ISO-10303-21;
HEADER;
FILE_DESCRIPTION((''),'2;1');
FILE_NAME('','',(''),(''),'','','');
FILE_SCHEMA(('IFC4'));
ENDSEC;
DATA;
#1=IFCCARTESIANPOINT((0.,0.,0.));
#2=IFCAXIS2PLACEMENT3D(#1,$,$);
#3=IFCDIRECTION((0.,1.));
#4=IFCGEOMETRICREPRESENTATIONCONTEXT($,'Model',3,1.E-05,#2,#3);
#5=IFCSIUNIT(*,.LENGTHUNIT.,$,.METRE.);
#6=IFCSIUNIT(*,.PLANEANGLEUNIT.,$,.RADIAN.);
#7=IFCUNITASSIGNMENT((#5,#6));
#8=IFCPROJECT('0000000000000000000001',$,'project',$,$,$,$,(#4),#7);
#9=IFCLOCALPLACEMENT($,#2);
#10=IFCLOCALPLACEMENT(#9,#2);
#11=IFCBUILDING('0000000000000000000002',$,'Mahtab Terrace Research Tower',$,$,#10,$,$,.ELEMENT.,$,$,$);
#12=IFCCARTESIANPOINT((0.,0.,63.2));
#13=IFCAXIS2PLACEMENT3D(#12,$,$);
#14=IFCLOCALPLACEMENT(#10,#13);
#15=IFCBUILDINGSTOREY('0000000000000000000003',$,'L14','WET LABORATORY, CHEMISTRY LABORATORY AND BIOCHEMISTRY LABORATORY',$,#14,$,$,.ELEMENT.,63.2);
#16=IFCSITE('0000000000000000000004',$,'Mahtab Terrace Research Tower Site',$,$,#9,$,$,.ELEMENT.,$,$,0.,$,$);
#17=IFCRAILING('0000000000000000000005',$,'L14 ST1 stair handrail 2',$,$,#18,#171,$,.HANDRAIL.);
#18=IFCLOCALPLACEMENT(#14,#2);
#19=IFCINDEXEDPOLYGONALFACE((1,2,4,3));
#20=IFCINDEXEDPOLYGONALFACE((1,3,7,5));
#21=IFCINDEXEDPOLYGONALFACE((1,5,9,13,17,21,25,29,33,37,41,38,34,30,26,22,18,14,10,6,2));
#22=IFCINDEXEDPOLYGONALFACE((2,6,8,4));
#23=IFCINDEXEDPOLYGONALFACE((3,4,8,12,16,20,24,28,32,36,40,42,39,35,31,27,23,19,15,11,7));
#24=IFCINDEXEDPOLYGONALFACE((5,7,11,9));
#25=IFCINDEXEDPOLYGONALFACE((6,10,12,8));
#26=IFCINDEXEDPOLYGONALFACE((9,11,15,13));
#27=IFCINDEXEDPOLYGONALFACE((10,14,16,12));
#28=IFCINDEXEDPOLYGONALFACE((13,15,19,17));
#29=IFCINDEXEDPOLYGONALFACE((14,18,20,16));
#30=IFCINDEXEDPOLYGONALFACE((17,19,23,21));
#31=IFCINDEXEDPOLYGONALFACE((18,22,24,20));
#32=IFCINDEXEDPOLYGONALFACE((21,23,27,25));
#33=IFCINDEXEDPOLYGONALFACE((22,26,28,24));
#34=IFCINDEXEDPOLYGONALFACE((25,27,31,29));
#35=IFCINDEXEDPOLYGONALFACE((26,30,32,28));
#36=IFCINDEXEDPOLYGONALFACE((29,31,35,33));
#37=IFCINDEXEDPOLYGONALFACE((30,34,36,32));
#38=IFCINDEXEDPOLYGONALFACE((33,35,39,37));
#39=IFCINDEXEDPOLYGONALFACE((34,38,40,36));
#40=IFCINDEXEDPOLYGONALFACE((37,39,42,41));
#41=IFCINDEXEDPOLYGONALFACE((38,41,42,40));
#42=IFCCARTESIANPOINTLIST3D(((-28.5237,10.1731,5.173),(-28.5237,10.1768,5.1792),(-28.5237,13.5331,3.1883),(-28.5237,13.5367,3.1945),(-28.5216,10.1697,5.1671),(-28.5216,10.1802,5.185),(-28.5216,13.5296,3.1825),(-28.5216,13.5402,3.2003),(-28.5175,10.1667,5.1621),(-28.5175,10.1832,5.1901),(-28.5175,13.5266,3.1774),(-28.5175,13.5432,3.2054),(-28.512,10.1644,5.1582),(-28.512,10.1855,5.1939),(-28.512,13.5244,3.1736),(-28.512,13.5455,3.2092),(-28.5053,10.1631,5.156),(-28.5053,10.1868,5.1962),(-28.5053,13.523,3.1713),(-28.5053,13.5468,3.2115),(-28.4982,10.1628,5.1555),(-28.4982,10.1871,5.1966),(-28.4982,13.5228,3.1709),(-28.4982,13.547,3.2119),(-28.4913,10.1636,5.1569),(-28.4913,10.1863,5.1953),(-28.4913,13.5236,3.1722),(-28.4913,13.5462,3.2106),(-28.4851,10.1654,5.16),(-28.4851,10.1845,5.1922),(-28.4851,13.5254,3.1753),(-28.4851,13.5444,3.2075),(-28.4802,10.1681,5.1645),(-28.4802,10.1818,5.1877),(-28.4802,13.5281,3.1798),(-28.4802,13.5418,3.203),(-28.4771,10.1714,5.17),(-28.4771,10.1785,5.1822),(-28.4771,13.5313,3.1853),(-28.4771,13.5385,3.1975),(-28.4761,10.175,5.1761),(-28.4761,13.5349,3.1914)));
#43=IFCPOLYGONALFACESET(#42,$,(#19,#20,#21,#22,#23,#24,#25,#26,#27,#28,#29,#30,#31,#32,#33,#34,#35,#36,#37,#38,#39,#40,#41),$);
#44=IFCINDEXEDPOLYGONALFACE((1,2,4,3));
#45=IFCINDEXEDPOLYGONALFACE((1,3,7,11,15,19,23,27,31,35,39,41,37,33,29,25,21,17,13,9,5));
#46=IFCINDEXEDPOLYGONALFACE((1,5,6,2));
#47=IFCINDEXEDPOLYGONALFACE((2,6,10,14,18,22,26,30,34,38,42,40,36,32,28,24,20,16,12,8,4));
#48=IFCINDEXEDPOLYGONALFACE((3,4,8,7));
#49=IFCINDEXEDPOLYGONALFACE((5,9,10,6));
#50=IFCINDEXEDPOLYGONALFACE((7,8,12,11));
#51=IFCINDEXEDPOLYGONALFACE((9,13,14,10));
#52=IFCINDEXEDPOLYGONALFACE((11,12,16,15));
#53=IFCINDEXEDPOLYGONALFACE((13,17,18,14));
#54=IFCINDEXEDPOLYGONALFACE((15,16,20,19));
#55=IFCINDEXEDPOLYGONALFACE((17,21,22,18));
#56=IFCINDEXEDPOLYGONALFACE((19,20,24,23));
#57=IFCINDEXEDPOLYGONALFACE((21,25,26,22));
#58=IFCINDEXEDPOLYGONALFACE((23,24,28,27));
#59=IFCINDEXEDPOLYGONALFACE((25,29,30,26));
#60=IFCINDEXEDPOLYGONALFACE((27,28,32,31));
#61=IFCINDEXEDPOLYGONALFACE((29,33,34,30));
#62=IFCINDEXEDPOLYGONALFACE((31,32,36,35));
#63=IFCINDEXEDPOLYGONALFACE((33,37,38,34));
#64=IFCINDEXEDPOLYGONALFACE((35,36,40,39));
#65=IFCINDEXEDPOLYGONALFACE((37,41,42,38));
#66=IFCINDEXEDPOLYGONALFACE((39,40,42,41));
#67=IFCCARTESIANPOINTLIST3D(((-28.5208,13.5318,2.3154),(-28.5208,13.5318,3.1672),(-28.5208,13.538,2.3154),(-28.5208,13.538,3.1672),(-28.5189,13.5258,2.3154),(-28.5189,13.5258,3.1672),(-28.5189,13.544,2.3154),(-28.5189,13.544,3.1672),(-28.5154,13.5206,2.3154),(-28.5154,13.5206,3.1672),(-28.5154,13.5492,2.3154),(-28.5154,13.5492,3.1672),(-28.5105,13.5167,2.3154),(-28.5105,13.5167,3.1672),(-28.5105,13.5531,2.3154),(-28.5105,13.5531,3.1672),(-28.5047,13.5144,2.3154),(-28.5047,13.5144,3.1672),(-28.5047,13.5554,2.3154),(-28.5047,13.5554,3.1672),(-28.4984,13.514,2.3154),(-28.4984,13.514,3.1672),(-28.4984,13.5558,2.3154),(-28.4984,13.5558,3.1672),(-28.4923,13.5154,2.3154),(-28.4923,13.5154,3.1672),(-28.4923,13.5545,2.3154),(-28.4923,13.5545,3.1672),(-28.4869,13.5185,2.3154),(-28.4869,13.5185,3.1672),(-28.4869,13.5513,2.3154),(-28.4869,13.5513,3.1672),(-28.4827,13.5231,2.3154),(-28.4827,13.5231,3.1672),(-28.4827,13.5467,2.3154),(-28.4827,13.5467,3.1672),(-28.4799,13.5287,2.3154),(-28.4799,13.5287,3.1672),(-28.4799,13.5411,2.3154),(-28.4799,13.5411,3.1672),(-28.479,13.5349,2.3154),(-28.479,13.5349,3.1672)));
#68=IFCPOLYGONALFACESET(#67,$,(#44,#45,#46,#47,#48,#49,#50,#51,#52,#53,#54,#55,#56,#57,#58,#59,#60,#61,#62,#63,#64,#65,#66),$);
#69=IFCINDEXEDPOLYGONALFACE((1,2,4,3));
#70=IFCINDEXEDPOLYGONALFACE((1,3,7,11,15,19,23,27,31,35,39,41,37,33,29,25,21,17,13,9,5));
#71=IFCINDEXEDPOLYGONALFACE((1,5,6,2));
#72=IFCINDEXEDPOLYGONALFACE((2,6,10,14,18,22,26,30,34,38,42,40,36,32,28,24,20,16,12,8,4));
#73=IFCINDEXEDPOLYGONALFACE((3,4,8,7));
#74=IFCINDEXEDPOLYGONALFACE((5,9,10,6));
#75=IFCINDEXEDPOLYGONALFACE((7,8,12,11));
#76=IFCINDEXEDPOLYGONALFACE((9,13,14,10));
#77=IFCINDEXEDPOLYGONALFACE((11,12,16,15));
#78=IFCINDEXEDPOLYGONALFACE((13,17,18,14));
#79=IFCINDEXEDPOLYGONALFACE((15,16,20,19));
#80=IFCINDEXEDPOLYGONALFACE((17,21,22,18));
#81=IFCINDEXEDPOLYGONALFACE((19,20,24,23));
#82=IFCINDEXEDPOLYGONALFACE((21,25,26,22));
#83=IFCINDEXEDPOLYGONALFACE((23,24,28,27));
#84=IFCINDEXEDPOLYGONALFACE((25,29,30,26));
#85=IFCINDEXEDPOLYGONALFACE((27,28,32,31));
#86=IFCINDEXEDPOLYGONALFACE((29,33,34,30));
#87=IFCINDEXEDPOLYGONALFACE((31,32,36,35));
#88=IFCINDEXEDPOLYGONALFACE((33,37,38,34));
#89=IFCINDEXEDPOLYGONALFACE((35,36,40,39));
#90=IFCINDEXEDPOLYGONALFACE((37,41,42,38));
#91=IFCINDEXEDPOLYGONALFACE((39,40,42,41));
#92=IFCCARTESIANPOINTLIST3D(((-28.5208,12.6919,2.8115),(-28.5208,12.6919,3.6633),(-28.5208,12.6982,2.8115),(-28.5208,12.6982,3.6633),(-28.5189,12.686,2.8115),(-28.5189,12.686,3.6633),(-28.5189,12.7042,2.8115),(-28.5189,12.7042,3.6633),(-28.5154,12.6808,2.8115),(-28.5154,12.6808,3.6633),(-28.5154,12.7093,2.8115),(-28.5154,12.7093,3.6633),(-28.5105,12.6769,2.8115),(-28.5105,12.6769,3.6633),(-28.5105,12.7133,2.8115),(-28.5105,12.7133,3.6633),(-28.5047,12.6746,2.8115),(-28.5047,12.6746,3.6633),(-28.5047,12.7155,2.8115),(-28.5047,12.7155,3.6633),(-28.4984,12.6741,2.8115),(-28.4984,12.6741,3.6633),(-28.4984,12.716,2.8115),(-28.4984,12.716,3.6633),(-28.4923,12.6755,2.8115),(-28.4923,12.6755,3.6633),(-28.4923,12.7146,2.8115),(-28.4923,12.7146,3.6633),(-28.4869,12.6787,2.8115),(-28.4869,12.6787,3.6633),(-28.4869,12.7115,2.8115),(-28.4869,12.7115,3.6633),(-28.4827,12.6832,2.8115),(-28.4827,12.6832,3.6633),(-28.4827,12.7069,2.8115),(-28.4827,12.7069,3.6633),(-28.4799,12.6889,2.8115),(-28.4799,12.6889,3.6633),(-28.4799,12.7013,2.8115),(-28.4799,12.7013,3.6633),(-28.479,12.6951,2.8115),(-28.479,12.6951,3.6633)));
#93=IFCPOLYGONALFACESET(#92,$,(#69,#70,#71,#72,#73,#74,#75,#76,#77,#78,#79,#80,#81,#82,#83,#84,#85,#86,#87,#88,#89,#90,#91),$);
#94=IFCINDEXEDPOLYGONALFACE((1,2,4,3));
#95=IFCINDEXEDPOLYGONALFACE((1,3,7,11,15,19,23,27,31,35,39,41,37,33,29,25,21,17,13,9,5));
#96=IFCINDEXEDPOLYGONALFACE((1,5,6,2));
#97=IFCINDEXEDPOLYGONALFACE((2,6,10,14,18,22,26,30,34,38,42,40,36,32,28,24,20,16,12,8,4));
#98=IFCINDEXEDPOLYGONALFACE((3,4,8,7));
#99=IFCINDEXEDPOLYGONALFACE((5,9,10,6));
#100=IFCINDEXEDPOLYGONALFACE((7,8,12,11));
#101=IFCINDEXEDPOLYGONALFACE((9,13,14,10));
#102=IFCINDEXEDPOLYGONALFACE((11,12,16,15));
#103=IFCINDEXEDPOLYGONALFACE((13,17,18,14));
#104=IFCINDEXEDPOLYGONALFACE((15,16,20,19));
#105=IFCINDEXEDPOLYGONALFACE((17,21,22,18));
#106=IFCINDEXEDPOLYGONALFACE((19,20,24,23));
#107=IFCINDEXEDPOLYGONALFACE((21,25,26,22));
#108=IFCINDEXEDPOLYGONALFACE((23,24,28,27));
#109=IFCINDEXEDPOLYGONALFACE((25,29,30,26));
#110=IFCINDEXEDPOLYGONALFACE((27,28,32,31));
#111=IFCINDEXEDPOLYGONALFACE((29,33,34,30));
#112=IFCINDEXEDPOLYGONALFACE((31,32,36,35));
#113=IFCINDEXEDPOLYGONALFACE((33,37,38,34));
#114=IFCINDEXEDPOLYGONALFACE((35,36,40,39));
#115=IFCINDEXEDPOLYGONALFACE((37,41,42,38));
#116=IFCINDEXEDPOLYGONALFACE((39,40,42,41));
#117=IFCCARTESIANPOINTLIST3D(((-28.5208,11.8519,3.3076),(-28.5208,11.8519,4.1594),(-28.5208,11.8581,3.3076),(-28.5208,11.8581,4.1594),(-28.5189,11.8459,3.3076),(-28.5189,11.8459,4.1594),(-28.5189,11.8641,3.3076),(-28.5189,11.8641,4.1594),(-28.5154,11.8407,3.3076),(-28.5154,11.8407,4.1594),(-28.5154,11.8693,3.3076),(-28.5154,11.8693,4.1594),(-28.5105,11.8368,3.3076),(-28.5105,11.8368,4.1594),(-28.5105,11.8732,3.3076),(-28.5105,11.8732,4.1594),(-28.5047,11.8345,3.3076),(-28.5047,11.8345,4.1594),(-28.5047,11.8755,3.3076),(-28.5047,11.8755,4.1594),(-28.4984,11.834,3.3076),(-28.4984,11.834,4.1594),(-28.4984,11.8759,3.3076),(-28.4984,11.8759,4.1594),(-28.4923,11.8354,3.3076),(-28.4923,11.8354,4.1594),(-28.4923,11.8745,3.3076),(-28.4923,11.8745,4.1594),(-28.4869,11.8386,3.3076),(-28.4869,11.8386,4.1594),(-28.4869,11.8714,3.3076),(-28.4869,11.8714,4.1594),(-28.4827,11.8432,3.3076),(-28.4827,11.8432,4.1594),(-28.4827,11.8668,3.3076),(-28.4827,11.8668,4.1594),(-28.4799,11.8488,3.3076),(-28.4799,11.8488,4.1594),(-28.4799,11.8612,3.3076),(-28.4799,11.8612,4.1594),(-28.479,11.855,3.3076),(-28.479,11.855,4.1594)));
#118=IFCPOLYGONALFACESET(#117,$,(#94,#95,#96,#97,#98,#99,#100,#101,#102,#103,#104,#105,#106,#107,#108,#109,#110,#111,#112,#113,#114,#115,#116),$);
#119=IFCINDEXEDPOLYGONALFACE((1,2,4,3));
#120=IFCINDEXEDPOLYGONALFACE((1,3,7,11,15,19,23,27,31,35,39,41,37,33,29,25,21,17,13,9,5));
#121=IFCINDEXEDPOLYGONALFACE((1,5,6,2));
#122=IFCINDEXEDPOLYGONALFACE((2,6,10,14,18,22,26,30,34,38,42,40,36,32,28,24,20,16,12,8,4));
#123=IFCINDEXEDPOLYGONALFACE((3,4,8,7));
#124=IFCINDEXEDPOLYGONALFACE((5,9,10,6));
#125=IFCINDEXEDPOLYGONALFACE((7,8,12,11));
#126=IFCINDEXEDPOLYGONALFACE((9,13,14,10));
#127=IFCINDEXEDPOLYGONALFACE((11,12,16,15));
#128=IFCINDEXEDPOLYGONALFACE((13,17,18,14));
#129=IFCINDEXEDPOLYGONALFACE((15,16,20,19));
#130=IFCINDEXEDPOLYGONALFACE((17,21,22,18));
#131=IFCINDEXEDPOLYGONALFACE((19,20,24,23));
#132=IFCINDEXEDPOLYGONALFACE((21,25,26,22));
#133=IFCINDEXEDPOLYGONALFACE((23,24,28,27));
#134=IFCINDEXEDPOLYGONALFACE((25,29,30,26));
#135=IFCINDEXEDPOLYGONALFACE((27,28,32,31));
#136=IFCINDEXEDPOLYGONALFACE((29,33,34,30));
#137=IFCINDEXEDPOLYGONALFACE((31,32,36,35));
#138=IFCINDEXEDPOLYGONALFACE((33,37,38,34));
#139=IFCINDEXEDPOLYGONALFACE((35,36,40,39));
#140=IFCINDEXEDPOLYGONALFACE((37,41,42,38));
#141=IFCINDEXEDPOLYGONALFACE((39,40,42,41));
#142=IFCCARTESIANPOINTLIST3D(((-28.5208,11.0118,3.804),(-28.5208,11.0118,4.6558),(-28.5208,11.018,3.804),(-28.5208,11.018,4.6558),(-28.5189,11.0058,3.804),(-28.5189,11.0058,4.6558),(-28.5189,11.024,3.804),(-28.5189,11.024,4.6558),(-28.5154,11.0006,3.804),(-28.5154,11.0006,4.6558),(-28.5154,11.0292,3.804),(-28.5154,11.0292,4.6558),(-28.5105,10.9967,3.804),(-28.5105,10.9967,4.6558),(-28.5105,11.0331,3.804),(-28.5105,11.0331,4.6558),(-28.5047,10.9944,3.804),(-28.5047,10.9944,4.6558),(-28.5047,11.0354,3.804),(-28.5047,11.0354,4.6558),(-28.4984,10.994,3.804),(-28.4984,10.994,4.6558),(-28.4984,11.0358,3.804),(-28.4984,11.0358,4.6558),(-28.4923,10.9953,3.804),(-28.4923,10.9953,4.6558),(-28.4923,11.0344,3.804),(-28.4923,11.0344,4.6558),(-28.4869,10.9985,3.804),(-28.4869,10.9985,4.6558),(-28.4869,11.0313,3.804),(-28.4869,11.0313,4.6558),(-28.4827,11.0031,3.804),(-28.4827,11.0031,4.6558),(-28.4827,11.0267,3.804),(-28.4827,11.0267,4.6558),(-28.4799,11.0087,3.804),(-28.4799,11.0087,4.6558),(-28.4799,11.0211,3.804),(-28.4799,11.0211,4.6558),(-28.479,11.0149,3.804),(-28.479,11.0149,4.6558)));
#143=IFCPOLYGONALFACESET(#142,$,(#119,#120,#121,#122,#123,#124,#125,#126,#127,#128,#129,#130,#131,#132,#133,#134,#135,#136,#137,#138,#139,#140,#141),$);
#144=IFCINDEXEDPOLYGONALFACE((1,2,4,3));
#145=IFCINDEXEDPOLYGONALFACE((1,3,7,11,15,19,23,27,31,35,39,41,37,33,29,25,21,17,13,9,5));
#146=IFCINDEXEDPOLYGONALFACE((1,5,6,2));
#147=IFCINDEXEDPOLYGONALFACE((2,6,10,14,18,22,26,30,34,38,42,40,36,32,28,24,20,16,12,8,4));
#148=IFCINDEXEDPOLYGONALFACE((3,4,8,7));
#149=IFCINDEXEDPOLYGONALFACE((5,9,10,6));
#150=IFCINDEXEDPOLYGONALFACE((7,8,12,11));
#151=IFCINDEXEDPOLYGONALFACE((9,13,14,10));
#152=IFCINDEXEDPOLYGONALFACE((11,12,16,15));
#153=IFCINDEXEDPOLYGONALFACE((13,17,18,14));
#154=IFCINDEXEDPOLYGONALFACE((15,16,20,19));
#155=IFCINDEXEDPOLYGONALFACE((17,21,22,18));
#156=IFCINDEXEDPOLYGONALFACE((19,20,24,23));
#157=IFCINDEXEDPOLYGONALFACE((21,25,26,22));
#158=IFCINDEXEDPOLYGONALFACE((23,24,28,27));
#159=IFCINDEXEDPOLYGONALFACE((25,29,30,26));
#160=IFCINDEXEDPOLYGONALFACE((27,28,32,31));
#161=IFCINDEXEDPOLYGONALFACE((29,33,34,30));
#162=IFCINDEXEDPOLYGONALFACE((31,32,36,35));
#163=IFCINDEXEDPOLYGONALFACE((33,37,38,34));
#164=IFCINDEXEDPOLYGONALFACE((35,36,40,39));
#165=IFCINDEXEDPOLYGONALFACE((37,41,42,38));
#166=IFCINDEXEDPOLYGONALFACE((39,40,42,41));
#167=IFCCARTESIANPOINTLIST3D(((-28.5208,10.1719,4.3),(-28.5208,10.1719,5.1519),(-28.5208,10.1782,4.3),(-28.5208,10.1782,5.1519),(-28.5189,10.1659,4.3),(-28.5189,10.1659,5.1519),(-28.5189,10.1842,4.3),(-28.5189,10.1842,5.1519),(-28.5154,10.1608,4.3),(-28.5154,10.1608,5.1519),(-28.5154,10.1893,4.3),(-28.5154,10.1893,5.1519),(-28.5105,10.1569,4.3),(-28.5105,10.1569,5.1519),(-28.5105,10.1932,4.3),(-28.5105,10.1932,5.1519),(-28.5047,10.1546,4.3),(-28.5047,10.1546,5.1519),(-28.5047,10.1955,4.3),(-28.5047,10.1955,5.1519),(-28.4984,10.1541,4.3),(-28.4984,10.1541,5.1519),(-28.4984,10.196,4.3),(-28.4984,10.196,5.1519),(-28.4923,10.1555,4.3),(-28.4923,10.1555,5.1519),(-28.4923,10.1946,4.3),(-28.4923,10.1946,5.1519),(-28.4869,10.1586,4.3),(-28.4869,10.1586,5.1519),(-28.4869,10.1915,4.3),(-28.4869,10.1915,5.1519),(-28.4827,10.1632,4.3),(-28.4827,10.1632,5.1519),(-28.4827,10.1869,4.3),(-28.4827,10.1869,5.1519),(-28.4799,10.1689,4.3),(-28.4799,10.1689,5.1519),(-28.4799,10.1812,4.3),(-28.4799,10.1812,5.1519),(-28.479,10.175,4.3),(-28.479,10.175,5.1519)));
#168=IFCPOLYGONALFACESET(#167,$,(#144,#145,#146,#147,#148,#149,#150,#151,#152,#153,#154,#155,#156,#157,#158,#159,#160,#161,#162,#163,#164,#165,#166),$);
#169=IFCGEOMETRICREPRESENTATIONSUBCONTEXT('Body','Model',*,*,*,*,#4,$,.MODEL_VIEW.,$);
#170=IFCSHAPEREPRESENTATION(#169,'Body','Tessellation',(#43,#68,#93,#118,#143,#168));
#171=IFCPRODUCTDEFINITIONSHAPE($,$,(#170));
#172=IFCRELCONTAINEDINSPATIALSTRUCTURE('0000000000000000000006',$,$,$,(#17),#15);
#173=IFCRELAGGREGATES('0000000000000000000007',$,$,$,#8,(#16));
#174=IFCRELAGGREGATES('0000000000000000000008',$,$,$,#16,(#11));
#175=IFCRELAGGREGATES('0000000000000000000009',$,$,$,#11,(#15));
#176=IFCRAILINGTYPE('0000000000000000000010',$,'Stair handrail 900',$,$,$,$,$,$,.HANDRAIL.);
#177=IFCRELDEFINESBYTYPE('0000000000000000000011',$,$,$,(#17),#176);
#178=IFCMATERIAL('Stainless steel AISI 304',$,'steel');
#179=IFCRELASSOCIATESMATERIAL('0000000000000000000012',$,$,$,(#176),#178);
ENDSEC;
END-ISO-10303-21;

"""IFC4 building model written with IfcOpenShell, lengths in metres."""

from ifc_helpers import new_model, si_unit, direction, frame, origin, origin_2d, place, context, subcontext, project, spatial, circle, extrude, material, type_object, element, save


model = new_model("IFC4")

# Units and contexts
model_context = context("Model", 3, precision=1e-05, world=origin(), true_north=direction((0.0, 1.0)))
body_context = subcontext(model_context, "Body", "Model", "MODEL_VIEW")
ifc_project = project(units=[si_unit("LENGTHUNIT", "METRE"), si_unit("PLANEANGLEUNIT", "RADIAN")], contexts=[model_context])

# Site, building, storey
site_placement = place(None, origin())
site = spatial("IfcSite", under=ifc_project, at=site_placement, Name="Mahtab Terrace Research Tower Site", CompositionType="ELEMENT", RefElevation=0.0)
building_placement = place(site_placement, origin())
building = spatial("IfcBuilding", under=site, at=building_placement, Name="Mahtab Terrace Research Tower", CompositionType="ELEMENT")
storey_placement = place(building_placement, frame((0.0, 0.0, 63.2)))
storey = spatial("IfcBuildingStorey", under=building, at=storey_placement, Name="L14", Description="WET LABORATORY, CHEMISTRY LABORATORY AND BIOCHEMISTRY LABORATORY", CompositionType="ELEMENT", Elevation=63.2)

# Railing
ifc_material_1 = material(Name="Stainless steel AISI 304", Category="steel")
railing_type_1 = type_object("IfcRailingType", Name="Stair handrail 900", PredefinedType="HANDRAIL", material=ifc_material_1)
railing_1_placement = place(storey_placement, frame((-28.5, 13.5349, 2.3154)))
element("IfcRailing", 1, at=railing_1_placement, inside=storey, type_object=railing_type_1, Name="L14 ST1 stair handrail 2", PredefinedType="HANDRAIL", context=body_context, shape_type="SweptSolid", body=[
    extrude(circle(Radius=0.0239, at=origin_2d()), frame((0.0, 0.0, 0.876), z_axis=(0.0, -0.861011, 0.508586), x_axis=(1.0, 0.0, 0.0)), (0.0, 0.0, 1.0), 3.9023),
    extrude(circle(Radius=0.021, at=origin_2d()), origin(), (0.0, 0.0, 1.0), 0.8518),
    extrude(circle(Radius=0.021, at=origin_2d()), frame((0.0, -0.8398, 0.4961)), (0.0, 0.0, 1.0), 0.8518),
    extrude(circle(Radius=0.021, at=origin_2d()), frame((0.0, -1.6799, 0.9922)), (0.0, 0.0, 1.0), 0.8518),
    extrude(circle(Radius=0.021, at=origin_2d()), frame((0.0, -2.52, 1.4885)), (0.0, 0.0, 1.0), 0.8518),
    extrude(circle(Radius=0.021, at=origin_2d()), frame((0.0, -3.3599, 1.9846)), (0.0, 0.0, 1.0), 0.8518),
])

save(model, "model.ifc")
